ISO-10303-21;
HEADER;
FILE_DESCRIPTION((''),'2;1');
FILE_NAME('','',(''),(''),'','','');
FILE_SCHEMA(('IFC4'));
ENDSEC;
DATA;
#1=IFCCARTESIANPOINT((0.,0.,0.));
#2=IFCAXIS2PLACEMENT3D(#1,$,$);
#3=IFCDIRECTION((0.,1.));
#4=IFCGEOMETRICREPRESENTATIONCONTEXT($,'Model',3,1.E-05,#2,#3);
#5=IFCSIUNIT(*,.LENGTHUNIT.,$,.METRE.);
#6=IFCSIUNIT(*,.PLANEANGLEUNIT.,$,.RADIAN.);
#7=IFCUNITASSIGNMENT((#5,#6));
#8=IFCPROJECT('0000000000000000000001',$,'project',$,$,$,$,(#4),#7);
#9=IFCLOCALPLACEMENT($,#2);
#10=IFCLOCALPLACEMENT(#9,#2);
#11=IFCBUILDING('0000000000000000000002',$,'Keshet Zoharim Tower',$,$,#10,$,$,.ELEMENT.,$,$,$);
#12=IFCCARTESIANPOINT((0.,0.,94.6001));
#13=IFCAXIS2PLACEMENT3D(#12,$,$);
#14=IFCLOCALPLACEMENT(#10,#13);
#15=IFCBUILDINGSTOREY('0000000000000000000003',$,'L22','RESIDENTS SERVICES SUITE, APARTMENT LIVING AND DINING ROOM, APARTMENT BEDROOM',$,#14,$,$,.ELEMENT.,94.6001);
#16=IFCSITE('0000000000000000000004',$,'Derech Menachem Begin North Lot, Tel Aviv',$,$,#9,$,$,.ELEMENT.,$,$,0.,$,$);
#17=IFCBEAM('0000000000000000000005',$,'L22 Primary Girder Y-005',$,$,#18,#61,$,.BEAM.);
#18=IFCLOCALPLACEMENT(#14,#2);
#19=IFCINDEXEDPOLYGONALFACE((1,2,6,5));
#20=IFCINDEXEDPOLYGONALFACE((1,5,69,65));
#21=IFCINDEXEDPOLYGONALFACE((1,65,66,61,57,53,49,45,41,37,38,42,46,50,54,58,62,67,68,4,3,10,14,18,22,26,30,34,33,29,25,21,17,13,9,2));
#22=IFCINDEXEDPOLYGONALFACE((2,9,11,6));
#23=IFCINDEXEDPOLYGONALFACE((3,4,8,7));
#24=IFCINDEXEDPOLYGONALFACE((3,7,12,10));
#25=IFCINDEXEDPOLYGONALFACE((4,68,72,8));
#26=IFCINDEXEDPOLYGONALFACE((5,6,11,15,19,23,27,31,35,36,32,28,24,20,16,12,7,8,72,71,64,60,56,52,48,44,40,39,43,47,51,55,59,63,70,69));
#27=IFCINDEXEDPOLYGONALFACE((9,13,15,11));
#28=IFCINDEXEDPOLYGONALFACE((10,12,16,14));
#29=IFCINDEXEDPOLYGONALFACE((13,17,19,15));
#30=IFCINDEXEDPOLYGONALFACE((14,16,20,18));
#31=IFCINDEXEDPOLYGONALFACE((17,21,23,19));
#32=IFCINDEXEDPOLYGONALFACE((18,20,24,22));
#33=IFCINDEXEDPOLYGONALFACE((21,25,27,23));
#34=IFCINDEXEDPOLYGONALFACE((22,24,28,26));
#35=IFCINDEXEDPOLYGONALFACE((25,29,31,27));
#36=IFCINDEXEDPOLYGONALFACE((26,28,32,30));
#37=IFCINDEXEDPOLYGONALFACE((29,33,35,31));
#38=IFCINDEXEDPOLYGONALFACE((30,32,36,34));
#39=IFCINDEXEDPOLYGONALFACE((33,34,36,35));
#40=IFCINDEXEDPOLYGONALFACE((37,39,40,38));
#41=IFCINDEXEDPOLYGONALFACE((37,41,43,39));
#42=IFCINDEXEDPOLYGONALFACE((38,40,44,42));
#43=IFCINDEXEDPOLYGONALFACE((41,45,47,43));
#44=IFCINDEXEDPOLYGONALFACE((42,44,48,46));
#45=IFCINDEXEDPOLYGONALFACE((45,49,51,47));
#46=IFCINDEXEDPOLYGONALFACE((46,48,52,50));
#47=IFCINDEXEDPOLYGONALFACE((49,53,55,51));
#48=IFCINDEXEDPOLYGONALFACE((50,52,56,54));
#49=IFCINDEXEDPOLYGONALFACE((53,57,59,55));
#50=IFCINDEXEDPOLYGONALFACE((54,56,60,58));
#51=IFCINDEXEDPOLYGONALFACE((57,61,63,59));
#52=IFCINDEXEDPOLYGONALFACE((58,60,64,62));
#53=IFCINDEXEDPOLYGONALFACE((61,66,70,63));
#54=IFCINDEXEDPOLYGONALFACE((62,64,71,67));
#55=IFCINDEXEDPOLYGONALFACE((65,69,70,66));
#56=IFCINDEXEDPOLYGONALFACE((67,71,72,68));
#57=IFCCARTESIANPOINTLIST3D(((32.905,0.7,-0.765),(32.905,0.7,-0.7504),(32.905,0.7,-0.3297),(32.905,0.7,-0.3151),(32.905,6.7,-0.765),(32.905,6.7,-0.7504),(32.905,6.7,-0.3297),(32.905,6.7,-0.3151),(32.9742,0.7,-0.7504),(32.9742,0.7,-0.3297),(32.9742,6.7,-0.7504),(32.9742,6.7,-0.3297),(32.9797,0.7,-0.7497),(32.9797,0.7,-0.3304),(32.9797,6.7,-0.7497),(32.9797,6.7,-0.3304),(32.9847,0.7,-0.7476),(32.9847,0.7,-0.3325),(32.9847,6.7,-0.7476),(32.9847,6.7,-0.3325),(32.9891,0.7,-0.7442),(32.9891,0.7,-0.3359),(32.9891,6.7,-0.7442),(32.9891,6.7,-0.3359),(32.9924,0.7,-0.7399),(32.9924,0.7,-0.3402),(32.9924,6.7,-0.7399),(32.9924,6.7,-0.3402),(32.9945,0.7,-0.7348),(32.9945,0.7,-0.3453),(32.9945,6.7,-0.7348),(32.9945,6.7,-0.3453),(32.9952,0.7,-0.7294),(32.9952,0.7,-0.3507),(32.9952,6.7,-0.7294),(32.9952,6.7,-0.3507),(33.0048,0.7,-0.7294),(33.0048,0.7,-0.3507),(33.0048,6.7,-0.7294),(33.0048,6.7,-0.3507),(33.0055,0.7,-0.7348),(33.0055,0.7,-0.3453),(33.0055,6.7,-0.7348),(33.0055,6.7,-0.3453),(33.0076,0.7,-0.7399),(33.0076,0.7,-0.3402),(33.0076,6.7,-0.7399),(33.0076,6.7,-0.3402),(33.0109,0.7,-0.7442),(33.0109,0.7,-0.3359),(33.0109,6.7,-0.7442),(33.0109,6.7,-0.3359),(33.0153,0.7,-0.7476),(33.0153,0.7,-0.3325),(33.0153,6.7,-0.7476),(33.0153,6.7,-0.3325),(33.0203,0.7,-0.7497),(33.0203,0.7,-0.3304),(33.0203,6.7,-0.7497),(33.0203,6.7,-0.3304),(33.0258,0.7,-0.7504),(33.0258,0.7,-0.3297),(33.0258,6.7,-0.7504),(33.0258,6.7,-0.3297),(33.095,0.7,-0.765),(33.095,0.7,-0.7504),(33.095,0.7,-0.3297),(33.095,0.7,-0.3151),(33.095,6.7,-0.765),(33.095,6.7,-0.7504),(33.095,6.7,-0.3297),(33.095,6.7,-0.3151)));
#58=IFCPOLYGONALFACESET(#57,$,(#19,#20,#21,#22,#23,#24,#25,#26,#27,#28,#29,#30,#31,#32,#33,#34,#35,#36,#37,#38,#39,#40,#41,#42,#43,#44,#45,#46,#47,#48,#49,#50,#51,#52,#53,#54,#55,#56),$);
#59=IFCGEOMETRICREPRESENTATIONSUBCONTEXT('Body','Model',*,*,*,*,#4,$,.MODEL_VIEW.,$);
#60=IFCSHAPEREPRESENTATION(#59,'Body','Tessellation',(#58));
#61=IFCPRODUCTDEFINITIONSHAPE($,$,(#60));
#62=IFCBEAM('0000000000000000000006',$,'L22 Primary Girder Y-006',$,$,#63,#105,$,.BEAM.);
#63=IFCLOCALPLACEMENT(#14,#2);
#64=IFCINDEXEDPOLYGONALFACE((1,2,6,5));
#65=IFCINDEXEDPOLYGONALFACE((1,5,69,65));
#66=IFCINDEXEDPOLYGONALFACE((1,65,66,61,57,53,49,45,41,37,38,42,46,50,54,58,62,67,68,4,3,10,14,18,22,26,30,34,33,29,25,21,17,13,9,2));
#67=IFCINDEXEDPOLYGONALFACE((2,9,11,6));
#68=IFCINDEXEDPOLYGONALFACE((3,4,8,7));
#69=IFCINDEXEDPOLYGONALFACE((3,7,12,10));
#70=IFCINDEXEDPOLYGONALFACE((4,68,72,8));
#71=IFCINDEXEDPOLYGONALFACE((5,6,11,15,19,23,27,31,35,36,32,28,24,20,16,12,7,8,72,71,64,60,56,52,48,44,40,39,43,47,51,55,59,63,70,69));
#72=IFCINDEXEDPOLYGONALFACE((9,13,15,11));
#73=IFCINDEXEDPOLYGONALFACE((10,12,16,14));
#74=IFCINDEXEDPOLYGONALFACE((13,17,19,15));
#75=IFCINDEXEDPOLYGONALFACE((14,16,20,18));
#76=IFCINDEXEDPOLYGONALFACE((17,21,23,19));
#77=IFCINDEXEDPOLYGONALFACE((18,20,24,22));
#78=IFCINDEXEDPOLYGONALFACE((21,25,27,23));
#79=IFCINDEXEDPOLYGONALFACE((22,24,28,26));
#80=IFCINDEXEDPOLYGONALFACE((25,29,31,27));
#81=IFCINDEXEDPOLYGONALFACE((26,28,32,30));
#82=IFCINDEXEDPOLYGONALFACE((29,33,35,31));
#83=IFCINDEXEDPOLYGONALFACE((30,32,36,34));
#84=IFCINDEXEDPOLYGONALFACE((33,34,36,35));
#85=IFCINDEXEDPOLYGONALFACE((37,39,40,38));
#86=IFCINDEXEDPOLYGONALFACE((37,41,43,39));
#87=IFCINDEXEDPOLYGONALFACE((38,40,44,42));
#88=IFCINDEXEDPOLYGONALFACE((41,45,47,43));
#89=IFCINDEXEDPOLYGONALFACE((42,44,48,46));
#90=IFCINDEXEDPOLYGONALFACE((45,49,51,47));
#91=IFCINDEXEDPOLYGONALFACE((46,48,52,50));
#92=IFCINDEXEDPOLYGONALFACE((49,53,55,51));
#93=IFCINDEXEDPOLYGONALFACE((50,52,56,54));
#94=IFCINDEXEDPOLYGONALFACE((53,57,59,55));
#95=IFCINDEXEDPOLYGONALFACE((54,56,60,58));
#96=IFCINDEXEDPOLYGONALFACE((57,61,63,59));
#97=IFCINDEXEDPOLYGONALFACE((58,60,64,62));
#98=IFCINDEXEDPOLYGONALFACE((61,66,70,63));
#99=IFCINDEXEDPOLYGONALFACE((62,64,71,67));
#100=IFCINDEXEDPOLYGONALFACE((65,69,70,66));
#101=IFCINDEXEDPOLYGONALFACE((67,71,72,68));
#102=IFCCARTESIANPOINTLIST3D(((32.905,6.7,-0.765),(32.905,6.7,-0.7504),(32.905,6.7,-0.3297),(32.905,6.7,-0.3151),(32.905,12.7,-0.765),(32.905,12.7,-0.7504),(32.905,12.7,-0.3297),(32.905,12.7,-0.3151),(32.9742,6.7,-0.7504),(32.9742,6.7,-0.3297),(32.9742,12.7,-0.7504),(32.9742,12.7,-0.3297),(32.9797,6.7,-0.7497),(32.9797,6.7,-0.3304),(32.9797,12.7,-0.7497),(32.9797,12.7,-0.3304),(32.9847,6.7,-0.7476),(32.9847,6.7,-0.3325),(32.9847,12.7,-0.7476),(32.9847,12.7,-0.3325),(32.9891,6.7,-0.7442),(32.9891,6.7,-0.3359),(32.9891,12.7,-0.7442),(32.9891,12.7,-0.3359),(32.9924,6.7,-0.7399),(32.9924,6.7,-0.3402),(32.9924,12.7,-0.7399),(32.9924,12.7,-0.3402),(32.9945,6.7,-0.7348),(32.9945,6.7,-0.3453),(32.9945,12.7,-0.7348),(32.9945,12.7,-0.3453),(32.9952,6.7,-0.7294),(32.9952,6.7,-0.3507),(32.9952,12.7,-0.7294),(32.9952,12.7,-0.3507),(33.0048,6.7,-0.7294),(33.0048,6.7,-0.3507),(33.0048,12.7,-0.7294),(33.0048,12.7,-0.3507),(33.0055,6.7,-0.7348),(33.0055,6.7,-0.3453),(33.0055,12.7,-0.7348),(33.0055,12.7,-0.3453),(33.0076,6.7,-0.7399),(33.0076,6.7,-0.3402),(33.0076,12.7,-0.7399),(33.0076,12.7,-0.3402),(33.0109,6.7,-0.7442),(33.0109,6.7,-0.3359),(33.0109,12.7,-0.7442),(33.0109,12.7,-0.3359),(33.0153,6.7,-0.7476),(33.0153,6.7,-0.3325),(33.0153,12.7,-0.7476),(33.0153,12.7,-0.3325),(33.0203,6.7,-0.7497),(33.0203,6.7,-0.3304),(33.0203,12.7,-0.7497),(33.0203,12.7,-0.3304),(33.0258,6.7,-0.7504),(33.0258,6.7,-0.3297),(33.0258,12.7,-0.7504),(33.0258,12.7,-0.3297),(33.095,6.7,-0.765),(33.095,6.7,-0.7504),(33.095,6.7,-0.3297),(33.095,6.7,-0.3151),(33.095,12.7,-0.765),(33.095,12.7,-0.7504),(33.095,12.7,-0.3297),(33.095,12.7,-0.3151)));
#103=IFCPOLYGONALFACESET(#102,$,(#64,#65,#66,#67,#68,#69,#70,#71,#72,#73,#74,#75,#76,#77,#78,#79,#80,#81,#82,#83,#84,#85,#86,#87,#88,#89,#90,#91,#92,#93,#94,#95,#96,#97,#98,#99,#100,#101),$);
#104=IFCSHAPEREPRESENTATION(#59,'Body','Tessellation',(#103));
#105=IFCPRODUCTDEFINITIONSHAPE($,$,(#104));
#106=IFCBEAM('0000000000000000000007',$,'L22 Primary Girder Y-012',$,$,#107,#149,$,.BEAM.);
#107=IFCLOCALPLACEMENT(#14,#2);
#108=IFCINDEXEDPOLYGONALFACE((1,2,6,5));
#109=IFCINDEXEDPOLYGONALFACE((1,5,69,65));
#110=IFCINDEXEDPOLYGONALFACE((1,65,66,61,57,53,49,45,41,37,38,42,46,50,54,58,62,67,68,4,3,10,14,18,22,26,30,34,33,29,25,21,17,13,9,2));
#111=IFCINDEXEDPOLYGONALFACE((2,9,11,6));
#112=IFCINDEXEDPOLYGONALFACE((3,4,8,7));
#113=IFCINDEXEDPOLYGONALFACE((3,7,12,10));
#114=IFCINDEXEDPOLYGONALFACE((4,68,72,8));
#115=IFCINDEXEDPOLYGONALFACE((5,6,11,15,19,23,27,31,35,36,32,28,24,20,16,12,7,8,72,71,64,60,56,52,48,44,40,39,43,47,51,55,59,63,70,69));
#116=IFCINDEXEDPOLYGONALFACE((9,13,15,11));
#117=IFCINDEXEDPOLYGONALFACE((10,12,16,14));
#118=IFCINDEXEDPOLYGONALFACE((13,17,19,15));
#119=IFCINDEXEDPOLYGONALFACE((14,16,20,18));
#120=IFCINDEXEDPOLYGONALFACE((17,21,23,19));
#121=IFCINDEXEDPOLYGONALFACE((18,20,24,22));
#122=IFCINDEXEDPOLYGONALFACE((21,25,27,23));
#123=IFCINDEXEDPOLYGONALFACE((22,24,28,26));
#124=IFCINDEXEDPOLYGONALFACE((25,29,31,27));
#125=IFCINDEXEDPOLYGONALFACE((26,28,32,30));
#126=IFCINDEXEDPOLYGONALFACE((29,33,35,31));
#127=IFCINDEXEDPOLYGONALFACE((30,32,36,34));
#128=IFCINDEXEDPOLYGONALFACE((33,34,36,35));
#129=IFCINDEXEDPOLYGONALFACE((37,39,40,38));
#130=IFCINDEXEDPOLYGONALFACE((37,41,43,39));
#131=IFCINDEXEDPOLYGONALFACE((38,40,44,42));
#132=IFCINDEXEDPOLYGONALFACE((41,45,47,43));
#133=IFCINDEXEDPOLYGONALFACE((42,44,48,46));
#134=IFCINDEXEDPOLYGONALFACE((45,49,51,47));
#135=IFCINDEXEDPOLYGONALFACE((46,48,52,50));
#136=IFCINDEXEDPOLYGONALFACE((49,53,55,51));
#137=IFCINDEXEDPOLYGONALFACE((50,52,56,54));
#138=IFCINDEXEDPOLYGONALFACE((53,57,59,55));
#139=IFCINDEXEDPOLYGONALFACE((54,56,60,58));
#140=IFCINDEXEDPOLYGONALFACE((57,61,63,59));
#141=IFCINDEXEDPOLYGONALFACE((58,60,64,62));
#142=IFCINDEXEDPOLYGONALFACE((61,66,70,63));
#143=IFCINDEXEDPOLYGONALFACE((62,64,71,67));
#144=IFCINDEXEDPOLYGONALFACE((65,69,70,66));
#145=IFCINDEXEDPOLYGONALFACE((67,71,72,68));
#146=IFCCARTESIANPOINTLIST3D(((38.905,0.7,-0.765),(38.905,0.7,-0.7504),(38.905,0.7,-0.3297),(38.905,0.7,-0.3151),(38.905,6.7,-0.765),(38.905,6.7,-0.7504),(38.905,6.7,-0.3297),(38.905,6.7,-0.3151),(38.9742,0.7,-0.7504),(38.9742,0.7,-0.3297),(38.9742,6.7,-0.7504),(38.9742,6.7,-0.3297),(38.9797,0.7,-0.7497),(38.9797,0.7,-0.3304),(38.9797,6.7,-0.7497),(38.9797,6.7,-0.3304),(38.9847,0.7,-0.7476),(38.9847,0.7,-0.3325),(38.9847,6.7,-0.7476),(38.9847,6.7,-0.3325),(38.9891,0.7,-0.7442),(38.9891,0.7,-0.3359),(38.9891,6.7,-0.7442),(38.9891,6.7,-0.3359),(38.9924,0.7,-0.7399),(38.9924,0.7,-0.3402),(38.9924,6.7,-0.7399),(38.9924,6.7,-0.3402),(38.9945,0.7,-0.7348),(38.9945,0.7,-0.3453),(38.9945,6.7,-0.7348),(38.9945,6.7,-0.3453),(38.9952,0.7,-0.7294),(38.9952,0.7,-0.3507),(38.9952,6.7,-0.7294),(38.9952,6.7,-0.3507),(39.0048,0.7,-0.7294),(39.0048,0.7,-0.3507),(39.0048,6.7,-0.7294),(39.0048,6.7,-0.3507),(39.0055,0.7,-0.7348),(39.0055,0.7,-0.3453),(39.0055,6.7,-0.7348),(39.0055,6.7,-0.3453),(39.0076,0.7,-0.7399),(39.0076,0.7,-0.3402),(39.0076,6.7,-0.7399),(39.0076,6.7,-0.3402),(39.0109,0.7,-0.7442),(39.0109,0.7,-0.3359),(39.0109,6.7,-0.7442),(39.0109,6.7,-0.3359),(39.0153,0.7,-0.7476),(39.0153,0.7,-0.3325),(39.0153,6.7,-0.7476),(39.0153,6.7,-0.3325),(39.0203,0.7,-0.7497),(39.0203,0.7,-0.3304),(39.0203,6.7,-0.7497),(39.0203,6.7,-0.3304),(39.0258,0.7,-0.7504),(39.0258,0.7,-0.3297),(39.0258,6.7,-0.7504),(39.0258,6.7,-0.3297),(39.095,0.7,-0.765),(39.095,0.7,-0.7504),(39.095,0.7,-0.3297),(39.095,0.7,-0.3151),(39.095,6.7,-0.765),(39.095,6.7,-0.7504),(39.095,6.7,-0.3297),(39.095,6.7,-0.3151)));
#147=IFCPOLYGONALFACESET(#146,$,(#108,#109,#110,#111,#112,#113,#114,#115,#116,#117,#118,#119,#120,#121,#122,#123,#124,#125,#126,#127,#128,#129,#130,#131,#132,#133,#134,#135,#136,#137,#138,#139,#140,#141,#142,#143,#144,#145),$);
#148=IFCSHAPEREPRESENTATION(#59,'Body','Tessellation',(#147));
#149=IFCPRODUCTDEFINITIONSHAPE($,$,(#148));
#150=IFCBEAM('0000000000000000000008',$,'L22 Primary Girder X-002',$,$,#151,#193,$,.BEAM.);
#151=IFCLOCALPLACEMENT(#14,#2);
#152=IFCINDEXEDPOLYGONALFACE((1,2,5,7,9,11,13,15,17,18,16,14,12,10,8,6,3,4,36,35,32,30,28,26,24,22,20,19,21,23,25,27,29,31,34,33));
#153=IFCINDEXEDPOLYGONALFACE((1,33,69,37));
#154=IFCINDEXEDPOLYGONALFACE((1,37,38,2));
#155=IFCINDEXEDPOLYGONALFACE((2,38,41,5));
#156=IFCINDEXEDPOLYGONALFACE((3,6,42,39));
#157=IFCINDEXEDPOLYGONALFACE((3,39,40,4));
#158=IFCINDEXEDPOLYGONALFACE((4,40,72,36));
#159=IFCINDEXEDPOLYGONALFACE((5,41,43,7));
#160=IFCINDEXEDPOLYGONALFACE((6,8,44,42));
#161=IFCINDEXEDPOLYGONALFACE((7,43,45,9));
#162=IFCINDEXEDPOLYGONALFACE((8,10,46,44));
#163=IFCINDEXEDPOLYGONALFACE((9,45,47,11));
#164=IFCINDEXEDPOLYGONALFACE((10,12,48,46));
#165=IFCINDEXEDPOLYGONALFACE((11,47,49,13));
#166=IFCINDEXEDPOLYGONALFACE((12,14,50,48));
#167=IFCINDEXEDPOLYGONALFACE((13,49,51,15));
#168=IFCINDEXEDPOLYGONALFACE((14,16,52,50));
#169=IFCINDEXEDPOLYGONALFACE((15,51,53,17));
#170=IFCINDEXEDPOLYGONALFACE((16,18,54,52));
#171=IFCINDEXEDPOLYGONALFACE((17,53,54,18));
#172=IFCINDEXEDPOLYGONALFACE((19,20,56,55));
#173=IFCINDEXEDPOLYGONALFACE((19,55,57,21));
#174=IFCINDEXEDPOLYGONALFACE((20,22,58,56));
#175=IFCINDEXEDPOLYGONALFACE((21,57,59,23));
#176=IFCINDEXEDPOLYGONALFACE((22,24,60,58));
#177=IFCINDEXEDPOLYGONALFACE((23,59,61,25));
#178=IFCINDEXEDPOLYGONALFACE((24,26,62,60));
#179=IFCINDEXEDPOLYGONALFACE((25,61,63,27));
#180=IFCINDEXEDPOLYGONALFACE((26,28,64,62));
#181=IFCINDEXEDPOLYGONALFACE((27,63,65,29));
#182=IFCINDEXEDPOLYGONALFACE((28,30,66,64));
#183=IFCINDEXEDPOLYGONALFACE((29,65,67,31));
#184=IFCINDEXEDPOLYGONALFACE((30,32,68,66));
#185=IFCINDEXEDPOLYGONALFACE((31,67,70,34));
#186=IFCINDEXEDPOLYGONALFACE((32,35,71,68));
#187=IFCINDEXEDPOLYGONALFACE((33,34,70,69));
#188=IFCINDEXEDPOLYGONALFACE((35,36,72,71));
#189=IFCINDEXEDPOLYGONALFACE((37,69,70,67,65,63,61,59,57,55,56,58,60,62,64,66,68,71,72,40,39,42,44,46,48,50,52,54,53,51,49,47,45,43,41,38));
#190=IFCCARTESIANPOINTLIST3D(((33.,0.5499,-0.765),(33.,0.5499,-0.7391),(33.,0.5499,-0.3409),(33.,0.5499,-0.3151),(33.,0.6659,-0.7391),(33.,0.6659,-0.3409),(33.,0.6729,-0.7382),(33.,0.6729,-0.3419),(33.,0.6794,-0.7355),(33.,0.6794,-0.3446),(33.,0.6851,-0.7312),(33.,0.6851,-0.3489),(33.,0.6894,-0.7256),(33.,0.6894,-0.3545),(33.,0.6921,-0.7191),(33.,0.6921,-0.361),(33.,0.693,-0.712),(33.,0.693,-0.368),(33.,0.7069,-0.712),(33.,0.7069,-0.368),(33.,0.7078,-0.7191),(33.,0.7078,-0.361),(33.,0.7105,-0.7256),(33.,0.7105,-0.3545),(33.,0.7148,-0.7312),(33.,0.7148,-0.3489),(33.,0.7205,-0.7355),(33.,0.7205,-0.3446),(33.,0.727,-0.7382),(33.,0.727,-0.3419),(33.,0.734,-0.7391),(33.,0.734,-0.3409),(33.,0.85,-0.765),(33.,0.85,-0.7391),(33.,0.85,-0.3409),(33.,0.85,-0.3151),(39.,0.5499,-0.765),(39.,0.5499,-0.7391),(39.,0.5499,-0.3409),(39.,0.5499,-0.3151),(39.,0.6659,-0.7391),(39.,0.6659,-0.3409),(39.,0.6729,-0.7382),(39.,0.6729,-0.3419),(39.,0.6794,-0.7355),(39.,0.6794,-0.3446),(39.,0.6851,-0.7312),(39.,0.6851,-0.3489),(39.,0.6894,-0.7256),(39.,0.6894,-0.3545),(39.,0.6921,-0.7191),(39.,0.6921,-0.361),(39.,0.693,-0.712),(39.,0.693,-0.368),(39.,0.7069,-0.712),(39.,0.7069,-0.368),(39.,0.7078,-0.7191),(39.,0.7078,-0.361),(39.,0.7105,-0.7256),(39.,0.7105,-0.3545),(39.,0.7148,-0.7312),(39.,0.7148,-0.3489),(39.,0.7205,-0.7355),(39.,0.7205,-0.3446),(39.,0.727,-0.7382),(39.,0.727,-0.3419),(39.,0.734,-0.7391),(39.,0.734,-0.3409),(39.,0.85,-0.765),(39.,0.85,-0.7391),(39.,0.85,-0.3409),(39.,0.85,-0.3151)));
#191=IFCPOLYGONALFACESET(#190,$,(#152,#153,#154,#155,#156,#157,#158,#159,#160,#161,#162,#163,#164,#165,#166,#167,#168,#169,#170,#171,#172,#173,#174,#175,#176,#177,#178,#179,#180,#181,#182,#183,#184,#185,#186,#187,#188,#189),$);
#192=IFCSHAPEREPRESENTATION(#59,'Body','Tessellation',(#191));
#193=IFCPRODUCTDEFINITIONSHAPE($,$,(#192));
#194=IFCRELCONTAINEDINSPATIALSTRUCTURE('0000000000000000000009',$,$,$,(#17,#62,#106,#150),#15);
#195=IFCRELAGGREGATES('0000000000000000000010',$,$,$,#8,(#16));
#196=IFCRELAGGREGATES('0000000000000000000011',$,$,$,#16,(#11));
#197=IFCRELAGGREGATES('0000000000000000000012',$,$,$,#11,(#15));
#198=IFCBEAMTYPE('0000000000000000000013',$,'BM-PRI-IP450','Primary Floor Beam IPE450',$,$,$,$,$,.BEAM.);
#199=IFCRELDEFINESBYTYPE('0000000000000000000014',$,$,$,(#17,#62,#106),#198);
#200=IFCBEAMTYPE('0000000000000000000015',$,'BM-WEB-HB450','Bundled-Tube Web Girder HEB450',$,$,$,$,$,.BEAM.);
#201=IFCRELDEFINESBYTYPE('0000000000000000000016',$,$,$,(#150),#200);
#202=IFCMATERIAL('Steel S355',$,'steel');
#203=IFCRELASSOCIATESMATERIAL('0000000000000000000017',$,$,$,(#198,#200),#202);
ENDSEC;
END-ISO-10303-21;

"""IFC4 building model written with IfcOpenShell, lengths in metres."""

from ifc_helpers import new_model, si_unit, direction, frame, origin, origin_2d, place, context, subcontext, project, spatial, i_section, extrude, material, material_profile, profile_set, type_object, element, save


model = new_model("IFC4")

# Units and contexts
model_context = context("Model", 3, precision=1e-05, world=origin(), true_north=direction((0.0, 1.0)))
body_context = subcontext(model_context, "Body", "Model", "MODEL_VIEW")
ifc_project = project(units=[si_unit("LENGTHUNIT", "METRE"), si_unit("PLANEANGLEUNIT", "RADIAN")], contexts=[model_context])

# Site, building, storey
site_placement = place(None, origin())
site = spatial("IfcSite", under=ifc_project, at=site_placement, Name="Derech Menachem Begin North Lot, Tel Aviv", CompositionType="ELEMENT", RefElevation=0.0)
building_placement = place(site_placement, origin())
building = spatial("IfcBuilding", under=site, at=building_placement, Name="Keshet Zoharim Tower", CompositionType="ELEMENT")
storey_placement = place(building_placement, frame((0.0, 0.0, 94.6001)))
storey = spatial("IfcBuildingStorey", under=building, at=storey_placement, Name="L22", Description="RESIDENTS SERVICES SUITE, APARTMENT LIVING AND DINING ROOM, APARTMENT BEDROOM", CompositionType="ELEMENT", Elevation=94.6001)

# Shared definitions
ifc_material_1 = material(Name="Steel S355", Category="steel")

# Beams
ifc_material_profile_1 = material_profile(ifc_material_1, i_section(OverallWidth=0.1899, OverallDepth=0.45, WebThickness=0.0095, FlangeThickness=0.0146, FilletRadius=0.021, at=origin_2d()), Name="IPE450")
ifc_profile_set_1 = profile_set([ifc_material_profile_1], Name="Steel S355")
beam_type_1 = type_object("IfcBeamType", Name="BM-PRI-IP450", Description="Primary Floor Beam IPE450", PredefinedType="BEAM", material=ifc_profile_set_1)
for number, where, z_axis, x_axis, name in (
    (1, (33.0, 0.7, -0.54), (0.0, 1.0, 0.0), (-1.0, 0.0, 0.0), "L22 Primary Girder Y-005"),
    (2, (33.0, 6.7, -0.54), (0.0, 1.0, 0.0), (-1.0, 0.0, 0.0), "L22 Primary Girder Y-006"),
    (3, (39.0, 0.7, -0.54), (0.0, 1.0, 0.0), (-1.0, 0.0, 0.0), "L22 Primary Girder Y-012"),
):
    element("IfcBeam", number, at=place(storey_placement, frame(where, z_axis=z_axis, x_axis=x_axis)), inside=storey, type_object=beam_type_1, Name=name, PredefinedType="BEAM", context=body_context, shape_type="SweptSolid", body=[
        extrude(i_section(OverallWidth=0.1899, OverallDepth=0.45, WebThickness=0.0095, FlangeThickness=0.0146, FilletRadius=0.021, at=origin_2d()), origin(), (0.0, 0.0, 1.0), 6.0),
    ])
ifc_material_profile_2 = material_profile(ifc_material_1, i_section(OverallWidth=0.3, OverallDepth=0.45, WebThickness=0.0139, FlangeThickness=0.0259, FilletRadius=0.0271, at=origin_2d()), Name="HEB450")
ifc_profile_set_2 = profile_set([ifc_material_profile_2], Name="Steel S355")
beam_type_2 = type_object("IfcBeamType", Name="BM-WEB-HB450", Description="Bundled-Tube Web Girder HEB450", PredefinedType="BEAM", material=ifc_profile_set_2)
for number, where, z_axis, x_axis, name in (
    (4, (33.0, 0.7, -0.54), (1.0, 0.0, 0.0), (0.0, 1.0, 0.0), "L22 Primary Girder X-002"),
):
    element("IfcBeam", number, at=place(storey_placement, frame(where, z_axis=z_axis, x_axis=x_axis)), inside=storey, type_object=beam_type_2, Name=name, PredefinedType="BEAM", context=body_context, shape_type="SweptSolid", body=[
        extrude(i_section(OverallWidth=0.3, OverallDepth=0.45, WebThickness=0.0139, FlangeThickness=0.0259, FilletRadius=0.0271, at=origin_2d()), origin(), (0.0, 0.0, 1.0), 6.0),
    ])

save(model, "model.ifc")
